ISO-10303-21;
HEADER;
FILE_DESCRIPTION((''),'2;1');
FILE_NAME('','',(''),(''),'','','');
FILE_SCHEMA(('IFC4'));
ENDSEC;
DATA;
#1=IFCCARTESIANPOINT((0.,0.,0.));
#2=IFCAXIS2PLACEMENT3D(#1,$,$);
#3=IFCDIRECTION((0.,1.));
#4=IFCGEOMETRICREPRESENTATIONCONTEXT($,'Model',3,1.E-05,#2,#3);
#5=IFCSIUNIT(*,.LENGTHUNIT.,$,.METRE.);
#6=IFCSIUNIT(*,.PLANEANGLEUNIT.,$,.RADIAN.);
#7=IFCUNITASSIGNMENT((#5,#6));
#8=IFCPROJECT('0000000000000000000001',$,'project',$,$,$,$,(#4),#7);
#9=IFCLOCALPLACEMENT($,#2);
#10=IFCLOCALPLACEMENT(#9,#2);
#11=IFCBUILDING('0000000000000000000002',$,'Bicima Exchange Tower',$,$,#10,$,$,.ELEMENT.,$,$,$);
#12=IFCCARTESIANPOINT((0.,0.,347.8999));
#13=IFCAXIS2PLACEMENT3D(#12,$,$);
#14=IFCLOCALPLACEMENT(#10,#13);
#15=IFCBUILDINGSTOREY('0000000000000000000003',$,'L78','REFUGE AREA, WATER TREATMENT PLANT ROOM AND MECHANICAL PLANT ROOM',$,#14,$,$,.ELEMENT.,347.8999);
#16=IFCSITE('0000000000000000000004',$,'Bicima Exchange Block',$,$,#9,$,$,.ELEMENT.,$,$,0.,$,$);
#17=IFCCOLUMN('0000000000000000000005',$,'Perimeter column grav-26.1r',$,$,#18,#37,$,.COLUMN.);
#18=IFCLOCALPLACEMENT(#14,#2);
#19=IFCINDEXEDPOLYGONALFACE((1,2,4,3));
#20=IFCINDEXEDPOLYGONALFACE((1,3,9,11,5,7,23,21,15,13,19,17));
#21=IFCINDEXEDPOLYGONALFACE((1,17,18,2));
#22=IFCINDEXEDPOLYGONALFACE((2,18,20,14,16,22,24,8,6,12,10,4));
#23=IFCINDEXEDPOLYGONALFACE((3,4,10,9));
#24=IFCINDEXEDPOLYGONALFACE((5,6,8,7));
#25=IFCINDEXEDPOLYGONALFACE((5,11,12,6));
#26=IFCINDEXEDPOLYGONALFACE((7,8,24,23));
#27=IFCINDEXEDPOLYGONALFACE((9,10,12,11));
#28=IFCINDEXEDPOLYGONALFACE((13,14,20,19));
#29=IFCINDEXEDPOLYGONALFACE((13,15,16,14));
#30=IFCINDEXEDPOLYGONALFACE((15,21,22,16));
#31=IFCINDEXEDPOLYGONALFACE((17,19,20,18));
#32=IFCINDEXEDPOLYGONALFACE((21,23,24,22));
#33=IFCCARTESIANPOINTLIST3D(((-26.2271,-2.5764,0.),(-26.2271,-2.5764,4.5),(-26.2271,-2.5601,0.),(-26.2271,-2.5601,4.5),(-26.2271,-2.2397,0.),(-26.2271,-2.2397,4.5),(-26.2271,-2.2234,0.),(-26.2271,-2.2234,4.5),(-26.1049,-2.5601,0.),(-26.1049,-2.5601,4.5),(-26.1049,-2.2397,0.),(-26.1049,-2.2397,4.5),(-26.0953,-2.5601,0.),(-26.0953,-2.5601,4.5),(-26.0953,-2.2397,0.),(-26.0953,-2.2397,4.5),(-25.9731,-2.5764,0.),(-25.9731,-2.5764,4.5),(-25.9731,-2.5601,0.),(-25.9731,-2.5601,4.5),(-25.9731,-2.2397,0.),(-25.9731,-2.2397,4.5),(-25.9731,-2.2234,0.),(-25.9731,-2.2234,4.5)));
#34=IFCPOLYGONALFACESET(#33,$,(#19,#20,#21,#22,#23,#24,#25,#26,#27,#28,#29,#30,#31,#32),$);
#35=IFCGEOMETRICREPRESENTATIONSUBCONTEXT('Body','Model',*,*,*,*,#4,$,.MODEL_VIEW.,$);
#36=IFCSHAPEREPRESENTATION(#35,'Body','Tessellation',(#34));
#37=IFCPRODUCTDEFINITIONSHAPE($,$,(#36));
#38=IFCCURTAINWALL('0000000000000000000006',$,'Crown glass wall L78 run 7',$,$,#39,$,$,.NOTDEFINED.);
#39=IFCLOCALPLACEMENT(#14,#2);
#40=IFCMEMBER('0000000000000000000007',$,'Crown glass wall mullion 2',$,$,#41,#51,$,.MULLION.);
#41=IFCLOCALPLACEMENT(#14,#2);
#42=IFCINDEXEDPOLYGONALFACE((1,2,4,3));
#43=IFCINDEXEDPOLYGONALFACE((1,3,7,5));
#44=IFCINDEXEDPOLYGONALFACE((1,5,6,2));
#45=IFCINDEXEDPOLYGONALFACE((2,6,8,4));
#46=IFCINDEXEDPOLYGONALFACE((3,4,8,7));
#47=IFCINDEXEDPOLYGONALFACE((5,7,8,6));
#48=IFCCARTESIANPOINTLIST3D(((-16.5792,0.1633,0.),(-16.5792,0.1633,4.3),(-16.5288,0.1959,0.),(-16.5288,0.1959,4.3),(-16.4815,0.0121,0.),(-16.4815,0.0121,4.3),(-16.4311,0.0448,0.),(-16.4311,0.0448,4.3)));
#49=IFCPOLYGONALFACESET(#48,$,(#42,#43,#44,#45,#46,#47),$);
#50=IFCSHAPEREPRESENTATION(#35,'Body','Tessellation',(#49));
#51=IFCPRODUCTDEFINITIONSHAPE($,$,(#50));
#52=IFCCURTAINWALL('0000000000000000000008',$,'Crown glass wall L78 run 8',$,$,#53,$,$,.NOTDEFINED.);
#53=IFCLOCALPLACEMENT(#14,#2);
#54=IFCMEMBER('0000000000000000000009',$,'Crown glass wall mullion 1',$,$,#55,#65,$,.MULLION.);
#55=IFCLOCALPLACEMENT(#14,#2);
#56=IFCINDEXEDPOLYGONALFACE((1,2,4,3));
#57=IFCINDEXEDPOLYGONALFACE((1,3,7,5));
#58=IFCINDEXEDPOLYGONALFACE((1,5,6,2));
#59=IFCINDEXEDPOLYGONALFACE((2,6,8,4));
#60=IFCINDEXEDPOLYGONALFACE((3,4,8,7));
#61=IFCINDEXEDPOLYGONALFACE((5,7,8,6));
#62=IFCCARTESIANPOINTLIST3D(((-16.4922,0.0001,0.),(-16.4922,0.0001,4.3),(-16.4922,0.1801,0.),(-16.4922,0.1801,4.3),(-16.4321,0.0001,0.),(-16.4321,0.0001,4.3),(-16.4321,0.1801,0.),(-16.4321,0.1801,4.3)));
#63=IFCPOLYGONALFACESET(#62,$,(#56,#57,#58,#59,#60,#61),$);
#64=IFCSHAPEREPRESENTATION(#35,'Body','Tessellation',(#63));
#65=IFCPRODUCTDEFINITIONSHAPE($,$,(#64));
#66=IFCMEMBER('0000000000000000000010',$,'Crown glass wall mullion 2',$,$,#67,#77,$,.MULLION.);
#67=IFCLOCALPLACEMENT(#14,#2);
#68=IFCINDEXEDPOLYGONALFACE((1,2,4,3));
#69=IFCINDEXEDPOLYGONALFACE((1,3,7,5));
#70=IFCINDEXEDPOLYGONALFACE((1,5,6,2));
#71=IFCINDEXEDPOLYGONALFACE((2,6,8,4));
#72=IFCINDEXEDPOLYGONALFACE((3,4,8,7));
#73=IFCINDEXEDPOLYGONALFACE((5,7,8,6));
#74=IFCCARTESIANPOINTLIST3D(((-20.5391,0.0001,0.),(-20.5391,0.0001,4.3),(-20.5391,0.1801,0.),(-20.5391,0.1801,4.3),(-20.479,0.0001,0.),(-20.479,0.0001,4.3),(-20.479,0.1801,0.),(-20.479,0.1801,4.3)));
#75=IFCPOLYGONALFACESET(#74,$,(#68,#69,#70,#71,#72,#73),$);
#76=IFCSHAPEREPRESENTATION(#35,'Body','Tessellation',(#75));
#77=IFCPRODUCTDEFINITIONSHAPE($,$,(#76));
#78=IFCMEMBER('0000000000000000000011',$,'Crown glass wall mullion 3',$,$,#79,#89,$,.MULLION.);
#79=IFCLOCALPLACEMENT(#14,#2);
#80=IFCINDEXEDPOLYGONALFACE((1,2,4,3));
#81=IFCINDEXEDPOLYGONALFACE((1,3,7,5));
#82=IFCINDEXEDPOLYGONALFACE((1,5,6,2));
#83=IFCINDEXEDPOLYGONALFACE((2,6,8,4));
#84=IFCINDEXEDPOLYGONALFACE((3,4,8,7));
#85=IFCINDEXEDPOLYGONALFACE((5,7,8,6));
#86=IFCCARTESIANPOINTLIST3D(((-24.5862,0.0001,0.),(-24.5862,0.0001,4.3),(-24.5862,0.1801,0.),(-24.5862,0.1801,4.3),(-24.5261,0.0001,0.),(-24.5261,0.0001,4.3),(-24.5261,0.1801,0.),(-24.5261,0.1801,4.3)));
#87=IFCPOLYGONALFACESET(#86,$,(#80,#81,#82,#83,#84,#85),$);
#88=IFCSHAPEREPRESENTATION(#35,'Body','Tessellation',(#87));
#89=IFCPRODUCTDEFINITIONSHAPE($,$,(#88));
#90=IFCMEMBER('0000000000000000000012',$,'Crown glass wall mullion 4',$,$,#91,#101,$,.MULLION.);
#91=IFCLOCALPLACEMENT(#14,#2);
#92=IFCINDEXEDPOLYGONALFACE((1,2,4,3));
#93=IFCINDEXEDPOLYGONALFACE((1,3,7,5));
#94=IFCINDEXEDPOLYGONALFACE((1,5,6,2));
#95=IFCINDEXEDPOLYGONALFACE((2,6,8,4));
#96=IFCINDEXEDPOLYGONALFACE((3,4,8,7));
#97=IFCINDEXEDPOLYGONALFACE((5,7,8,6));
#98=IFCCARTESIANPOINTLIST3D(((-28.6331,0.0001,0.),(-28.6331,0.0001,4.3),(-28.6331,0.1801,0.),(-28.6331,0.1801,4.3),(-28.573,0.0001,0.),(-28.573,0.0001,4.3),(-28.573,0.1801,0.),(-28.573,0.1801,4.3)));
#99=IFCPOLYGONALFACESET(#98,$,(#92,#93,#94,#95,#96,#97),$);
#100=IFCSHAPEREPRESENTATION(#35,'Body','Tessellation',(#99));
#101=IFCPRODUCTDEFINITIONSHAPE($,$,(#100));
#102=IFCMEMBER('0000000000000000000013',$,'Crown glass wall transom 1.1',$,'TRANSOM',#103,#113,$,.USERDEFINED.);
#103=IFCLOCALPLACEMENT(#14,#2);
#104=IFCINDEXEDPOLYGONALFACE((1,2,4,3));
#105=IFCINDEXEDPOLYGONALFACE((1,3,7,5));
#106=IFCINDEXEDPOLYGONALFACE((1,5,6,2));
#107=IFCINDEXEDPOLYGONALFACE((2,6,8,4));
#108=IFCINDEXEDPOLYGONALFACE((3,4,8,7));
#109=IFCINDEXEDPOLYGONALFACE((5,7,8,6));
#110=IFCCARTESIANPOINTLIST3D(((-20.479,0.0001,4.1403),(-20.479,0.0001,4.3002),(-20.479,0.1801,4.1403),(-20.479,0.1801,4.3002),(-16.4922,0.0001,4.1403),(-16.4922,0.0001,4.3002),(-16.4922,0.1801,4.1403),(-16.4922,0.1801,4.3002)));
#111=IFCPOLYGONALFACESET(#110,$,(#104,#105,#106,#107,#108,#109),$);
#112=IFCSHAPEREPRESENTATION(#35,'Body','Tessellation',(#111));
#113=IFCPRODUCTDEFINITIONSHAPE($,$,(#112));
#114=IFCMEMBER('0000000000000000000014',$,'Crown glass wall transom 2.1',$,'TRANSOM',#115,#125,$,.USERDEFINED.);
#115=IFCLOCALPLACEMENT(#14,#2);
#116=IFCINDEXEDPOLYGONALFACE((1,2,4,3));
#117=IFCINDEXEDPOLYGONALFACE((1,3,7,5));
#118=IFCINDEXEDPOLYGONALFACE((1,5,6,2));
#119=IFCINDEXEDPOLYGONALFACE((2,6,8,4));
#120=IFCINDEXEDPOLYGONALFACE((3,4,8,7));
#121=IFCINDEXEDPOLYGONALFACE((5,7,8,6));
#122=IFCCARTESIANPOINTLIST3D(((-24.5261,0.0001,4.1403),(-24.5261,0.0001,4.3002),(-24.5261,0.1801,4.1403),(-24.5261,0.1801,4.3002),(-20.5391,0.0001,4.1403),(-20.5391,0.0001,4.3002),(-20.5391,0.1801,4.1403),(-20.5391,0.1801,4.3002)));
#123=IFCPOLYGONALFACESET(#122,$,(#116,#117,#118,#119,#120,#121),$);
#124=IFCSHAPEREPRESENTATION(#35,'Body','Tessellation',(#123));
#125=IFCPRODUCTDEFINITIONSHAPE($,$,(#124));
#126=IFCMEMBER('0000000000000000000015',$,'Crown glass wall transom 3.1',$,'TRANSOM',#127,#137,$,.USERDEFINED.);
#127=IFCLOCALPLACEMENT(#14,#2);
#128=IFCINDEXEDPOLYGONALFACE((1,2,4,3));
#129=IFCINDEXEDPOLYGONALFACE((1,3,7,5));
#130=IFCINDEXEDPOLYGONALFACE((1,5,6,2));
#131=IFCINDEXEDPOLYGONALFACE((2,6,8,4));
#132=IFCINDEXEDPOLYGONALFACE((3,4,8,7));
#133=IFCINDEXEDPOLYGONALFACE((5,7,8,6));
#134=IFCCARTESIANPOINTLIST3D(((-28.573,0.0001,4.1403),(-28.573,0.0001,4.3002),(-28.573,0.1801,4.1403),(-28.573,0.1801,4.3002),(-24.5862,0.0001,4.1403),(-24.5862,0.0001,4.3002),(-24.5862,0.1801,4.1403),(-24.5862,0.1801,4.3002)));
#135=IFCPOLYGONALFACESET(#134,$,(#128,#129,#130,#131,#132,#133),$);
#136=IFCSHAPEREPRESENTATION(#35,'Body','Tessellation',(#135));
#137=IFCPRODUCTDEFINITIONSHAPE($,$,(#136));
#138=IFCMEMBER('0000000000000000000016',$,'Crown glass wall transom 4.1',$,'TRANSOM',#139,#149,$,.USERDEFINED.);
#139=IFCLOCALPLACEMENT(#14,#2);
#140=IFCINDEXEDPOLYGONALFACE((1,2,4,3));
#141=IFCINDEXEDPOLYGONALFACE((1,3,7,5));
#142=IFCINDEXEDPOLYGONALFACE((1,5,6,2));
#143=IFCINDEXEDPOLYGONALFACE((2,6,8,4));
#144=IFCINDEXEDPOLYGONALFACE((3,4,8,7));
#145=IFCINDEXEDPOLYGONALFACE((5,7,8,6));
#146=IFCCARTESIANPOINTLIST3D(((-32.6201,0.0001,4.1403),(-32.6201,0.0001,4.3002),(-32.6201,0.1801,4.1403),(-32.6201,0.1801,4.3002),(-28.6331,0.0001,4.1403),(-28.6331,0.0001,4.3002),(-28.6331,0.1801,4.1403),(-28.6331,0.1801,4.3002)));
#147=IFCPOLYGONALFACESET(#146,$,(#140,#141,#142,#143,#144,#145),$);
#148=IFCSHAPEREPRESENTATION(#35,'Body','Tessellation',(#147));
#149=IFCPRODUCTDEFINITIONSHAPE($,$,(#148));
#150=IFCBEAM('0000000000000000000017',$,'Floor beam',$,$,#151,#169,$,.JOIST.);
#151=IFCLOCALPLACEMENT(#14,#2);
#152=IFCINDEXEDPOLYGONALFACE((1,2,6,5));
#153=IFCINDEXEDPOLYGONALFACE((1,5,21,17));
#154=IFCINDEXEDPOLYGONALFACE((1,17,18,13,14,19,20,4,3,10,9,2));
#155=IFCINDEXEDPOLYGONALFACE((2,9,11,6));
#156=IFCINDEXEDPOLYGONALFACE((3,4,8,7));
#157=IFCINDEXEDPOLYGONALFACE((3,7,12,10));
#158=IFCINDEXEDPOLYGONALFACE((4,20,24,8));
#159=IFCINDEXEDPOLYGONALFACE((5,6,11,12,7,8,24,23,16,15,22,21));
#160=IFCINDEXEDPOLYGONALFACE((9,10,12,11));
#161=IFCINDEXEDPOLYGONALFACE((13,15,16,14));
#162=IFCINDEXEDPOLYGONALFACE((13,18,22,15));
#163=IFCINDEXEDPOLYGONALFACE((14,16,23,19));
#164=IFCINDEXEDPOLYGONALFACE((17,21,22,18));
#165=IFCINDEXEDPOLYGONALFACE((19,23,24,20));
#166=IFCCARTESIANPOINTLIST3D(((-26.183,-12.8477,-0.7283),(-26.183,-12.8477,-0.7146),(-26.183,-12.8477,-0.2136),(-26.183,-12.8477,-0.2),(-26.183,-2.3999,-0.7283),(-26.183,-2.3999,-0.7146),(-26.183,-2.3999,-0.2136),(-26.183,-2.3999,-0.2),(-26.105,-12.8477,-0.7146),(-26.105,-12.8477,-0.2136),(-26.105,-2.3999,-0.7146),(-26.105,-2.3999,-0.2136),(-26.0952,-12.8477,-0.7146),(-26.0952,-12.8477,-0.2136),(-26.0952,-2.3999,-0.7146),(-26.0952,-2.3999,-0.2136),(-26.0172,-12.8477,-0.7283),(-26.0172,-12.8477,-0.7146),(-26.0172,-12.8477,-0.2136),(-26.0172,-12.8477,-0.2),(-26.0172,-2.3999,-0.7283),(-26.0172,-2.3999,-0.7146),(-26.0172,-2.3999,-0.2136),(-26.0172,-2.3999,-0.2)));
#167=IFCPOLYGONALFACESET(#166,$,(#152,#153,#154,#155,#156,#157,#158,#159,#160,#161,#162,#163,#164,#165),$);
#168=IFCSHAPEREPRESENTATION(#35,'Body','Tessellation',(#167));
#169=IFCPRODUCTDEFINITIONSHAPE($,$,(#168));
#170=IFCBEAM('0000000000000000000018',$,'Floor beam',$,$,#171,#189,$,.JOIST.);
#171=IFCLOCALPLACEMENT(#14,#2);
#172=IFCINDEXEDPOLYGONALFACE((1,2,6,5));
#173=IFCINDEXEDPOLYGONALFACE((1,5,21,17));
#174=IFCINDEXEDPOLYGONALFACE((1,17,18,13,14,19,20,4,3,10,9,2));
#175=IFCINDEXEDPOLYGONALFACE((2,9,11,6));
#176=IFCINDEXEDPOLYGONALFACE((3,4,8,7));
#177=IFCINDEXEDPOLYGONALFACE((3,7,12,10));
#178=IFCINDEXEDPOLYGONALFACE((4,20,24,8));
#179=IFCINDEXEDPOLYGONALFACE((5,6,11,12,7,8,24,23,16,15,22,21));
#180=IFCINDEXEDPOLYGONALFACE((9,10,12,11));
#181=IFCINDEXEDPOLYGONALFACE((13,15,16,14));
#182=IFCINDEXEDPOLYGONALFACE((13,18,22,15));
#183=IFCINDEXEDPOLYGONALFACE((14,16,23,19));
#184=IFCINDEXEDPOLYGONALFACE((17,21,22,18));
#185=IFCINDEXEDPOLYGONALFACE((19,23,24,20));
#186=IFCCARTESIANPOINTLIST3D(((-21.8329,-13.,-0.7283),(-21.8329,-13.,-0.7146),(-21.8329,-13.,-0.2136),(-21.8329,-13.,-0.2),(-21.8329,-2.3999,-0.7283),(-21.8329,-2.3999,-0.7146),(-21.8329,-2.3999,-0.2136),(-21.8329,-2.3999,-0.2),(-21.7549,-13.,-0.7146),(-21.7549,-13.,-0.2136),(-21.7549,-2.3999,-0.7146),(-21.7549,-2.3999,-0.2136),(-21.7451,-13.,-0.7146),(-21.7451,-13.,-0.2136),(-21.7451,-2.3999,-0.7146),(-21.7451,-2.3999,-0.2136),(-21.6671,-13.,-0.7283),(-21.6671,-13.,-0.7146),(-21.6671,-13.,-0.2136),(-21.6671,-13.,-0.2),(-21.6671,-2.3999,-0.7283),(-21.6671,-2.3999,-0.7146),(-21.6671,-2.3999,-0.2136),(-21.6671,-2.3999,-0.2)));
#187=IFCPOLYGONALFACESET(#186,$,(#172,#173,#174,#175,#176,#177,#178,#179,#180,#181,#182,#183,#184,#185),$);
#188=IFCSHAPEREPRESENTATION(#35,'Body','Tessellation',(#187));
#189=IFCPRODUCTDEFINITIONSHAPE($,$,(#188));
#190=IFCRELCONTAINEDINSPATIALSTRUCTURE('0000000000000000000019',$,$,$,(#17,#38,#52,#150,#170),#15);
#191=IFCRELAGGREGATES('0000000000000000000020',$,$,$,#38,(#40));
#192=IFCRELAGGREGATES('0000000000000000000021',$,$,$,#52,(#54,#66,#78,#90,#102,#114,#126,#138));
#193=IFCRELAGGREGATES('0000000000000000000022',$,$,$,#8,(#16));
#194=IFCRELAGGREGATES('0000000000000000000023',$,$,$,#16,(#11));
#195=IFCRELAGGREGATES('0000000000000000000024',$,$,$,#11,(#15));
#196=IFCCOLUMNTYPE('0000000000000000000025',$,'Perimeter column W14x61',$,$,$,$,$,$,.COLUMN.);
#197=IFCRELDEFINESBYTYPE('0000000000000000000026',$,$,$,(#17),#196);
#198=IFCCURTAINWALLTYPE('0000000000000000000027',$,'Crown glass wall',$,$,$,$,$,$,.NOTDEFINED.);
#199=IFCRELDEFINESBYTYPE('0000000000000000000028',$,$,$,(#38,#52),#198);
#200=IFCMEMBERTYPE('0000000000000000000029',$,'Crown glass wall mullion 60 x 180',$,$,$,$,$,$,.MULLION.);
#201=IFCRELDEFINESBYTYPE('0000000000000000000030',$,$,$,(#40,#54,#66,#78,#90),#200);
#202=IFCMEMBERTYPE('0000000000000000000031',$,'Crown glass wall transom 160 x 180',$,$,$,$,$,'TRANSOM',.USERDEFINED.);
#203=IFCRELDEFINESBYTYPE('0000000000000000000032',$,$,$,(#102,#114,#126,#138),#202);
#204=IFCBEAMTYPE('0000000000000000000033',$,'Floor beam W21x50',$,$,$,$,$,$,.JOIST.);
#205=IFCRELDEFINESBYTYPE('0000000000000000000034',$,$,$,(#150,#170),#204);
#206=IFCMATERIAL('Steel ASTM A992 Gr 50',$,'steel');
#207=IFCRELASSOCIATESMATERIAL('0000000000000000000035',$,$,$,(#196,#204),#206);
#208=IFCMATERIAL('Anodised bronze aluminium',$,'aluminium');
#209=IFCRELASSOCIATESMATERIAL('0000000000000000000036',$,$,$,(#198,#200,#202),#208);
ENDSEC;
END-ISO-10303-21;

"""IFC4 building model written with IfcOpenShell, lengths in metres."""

from ifc_helpers import new_model, si_unit, direction, frame, origin, origin_2d, place, context, subcontext, project, spatial, rectangle, i_section, extrude, material, material_profile, profile_set, type_object, element, aggregate, save


model = new_model("IFC4")

# Units and contexts
model_context = context("Model", 3, precision=1e-05, world=origin(), true_north=direction((0.0, 1.0)))
body_context = subcontext(model_context, "Body", "Model", "MODEL_VIEW")
ifc_project = project(units=[si_unit("LENGTHUNIT", "METRE"), si_unit("PLANEANGLEUNIT", "RADIAN")], contexts=[model_context])

# Site, building, storey
site_placement = place(None, origin())
site = spatial("IfcSite", under=ifc_project, at=site_placement, Name="Bicima Exchange Block", CompositionType="ELEMENT", RefElevation=0.0)
building_placement = place(site_placement, origin())
building = spatial("IfcBuilding", under=site, at=building_placement, Name="Bicima Exchange Tower", CompositionType="ELEMENT")
storey_placement = place(building_placement, frame((0.0, 0.0, 347.8999)))
storey = spatial("IfcBuildingStorey", under=building, at=storey_placement, Name="L78", Description="REFUGE AREA, WATER TREATMENT PLANT ROOM AND MECHANICAL PLANT ROOM", CompositionType="ELEMENT", Elevation=347.8999)

# Column
ifc_material_1 = material(Name="Steel ASTM A992 Gr 50", Category="steel")
ifc_material_profile_1 = material_profile(ifc_material_1, i_section(OverallWidth=0.2539, OverallDepth=0.353, WebThickness=0.0095, FlangeThickness=0.0164, at=origin_2d()))
ifc_profile_set_1 = profile_set([ifc_material_profile_1], Name="Steel ASTM A992 Gr 50")
column_type = type_object("IfcColumnType", Name="Perimeter column W14x61", PredefinedType="COLUMN", material=ifc_profile_set_1)
column_placement = place(storey_placement, frame((-26.1001, -2.3999, 0.0), z_axis=(0.0, 0.0, 1.0), x_axis=(1.0, 0.0, 0.0)))
element("IfcColumn", 1, at=column_placement, inside=storey, type_object=column_type, Name="Perimeter column grav-26.1r", PredefinedType="COLUMN", context=body_context, shape_type="SweptSolid", body=[
    extrude(i_section(OverallWidth=0.2539, OverallDepth=0.353, WebThickness=0.0095, FlangeThickness=0.0164, at=origin_2d()), origin(), (0.0, 0.0, 1.0), 4.5),
])

# Curtain wall, member
ifc_material_2 = material(Name="Anodised bronze aluminium", Category="aluminium")
curtain_wall_type = type_object("IfcCurtainWallType", Name="Crown glass wall", PredefinedType="NOTDEFINED", material=ifc_material_2)
curtain_wall_1_placement = place(storey_placement, origin())
curtain_wall_1 = element("IfcCurtainWall", 2, at=curtain_wall_1_placement, inside=storey, type_object=curtain_wall_type, Name="Crown glass wall L78 run 7", PredefinedType="NOTDEFINED")
ifc_material_profile_2 = material_profile(ifc_material_2, rectangle(XDim=0.1799, YDim=0.0601, at=origin_2d()))
ifc_profile_set_2 = profile_set([ifc_material_profile_2], Name="Anodised bronze aluminium")
member_type_1 = type_object("IfcMemberType", Name="Crown glass wall mullion 60 x 180", PredefinedType="MULLION", material=ifc_profile_set_2)
member_1_placement = place(storey_placement, frame((-16.5051, 0.104, 0.0), z_axis=(0.0, 0.0, 1.0), x_axis=(0.542911, -0.83979, 0.0)))
member_1 = element("IfcMember", 3, at=member_1_placement, type_object=member_type_1, Name="Crown glass wall mullion 2", PredefinedType="MULLION", context=body_context, shape_type="SweptSolid", body=[
    extrude(rectangle(XDim=0.1799, YDim=0.0601, at=origin_2d()), origin(), (0.0, 0.0, 1.0), 4.3),
])
aggregate(curtain_wall_1, [member_1])

# Curtain wall, members
curtain_wall_2_placement = place(storey_placement, origin())
curtain_wall_2 = element("IfcCurtainWall", 4, at=curtain_wall_2_placement, inside=storey, type_object=curtain_wall_type, Name="Crown glass wall L78 run 8", PredefinedType="NOTDEFINED")
member_2_placement = place(storey_placement, frame((-16.4622, 0.0901, 0.0), z_axis=(0.0, 0.0, 1.0), x_axis=(0.0, -1.0, 0.0)))
member_2 = element("IfcMember", 5, at=member_2_placement, type_object=member_type_1, Name="Crown glass wall mullion 1", PredefinedType="MULLION", context=body_context, shape_type="SweptSolid", body=[
    extrude(rectangle(XDim=0.1799, YDim=0.0601, at=origin_2d()), origin(), (0.0, 0.0, 1.0), 4.3),
])
member_3_placement = place(storey_placement, frame((-20.509, 0.0901, 0.0), z_axis=(0.0, 0.0, 1.0), x_axis=(0.0, -1.0, 0.0)))
member_3 = element("IfcMember", 6, at=member_3_placement, type_object=member_type_1, Name="Crown glass wall mullion 2", PredefinedType="MULLION", context=body_context, shape_type="SweptSolid", body=[
    extrude(rectangle(XDim=0.1799, YDim=0.0601, at=origin_2d()), origin(), (0.0, 0.0, 1.0), 4.3),
])
member_4_placement = place(storey_placement, frame((-24.5562, 0.0901, 0.0), z_axis=(0.0, 0.0, 1.0), x_axis=(0.0, -1.0, 0.0)))
member_4 = element("IfcMember", 7, at=member_4_placement, type_object=member_type_1, Name="Crown glass wall mullion 3", PredefinedType="MULLION", context=body_context, shape_type="SweptSolid", body=[
    extrude(rectangle(XDim=0.1799, YDim=0.0601, at=origin_2d()), origin(), (0.0, 0.0, 1.0), 4.3),
])
member_5_placement = place(storey_placement, frame((-28.603, 0.0901, 0.0), z_axis=(0.0, 0.0, 1.0), x_axis=(0.0, -1.0, 0.0)))
member_5 = element("IfcMember", 8, at=member_5_placement, type_object=member_type_1, Name="Crown glass wall mullion 4", PredefinedType="MULLION", context=body_context, shape_type="SweptSolid", body=[
    extrude(rectangle(XDim=0.1799, YDim=0.0601, at=origin_2d()), origin(), (0.0, 0.0, 1.0), 4.3),
])
ifc_material_profile_3 = material_profile(ifc_material_2, rectangle(XDim=0.1799, YDim=0.1599, at=origin_2d()))
ifc_profile_set_3 = profile_set([ifc_material_profile_3], Name="Anodised bronze aluminium")
member_type_2 = type_object("IfcMemberType", Name="Crown glass wall transom 160 x 180", ElementType="TRANSOM", PredefinedType="USERDEFINED", material=ifc_profile_set_3)
member_6_placement = place(storey_placement, frame((-16.4922, 0.0901, 4.2202), z_axis=(-1.0, 0.0, 0.0), x_axis=(0.0, -1.0, 0.0)))
member_6 = element("IfcMember", 9, at=member_6_placement, type_object=member_type_2, Name="Crown glass wall transom 1.1", ObjectType="TRANSOM", PredefinedType="USERDEFINED", context=body_context, shape_type="SweptSolid", body=[
    extrude(rectangle(XDim=0.1799, YDim=0.1599, at=origin_2d()), origin(), (0.0, 0.0, 1.0), 3.9868),
])
member_7_placement = place(storey_placement, frame((-20.5391, 0.0901, 4.2202), z_axis=(-1.0, 0.0, 0.0), x_axis=(0.0, -1.0, 0.0)))
member_7 = element("IfcMember", 10, at=member_7_placement, type_object=member_type_2, Name="Crown glass wall transom 2.1", ObjectType="TRANSOM", PredefinedType="USERDEFINED", context=body_context, shape_type="SweptSolid", body=[
    extrude(rectangle(XDim=0.1799, YDim=0.1599, at=origin_2d()), origin(), (0.0, 0.0, 1.0), 3.9871),
])
member_8_placement = place(storey_placement, frame((-24.5862, 0.0901, 4.2202), z_axis=(-1.0, 0.0, 0.0), x_axis=(0.0, -1.0, 0.0)))
member_8 = element("IfcMember", 11, at=member_8_placement, type_object=member_type_2, Name="Crown glass wall transom 3.1", ObjectType="TRANSOM", PredefinedType="USERDEFINED", context=body_context, shape_type="SweptSolid", body=[
    extrude(rectangle(XDim=0.1799, YDim=0.1599, at=origin_2d()), origin(), (0.0, 0.0, 1.0), 3.9868),
])
member_9_placement = place(storey_placement, frame((-28.6331, 0.0901, 4.2202), z_axis=(-1.0, 0.0, 0.0), x_axis=(0.0, -1.0, 0.0)))
member_9 = element("IfcMember", 12, at=member_9_placement, type_object=member_type_2, Name="Crown glass wall transom 4.1", ObjectType="TRANSOM", PredefinedType="USERDEFINED", context=body_context, shape_type="SweptSolid", body=[
    extrude(rectangle(XDim=0.1799, YDim=0.1599, at=origin_2d()), origin(), (0.0, 0.0, 1.0), 3.9871),
])

# Beams
ifc_material_profile_4 = material_profile(ifc_material_1, i_section(OverallWidth=0.1658, OverallDepth=0.5283, WebThickness=0.0098, FlangeThickness=0.0137, at=origin_2d()))
ifc_profile_set_4 = profile_set([ifc_material_profile_4], Name="Steel ASTM A992 Gr 50")
beam_type = type_object("IfcBeamType", Name="Floor beam W21x50", PredefinedType="JOIST", material=ifc_profile_set_4)
beam_1_placement = place(storey_placement, frame((-26.1001, -2.3999, -0.4641), z_axis=(0.0, -1.0, 0.0), x_axis=(1.0, 0.0, 0.0)))
element("IfcBeam", 13, at=beam_1_placement, inside=storey, type_object=beam_type, Name="Floor beam", PredefinedType="JOIST", context=body_context, shape_type="SweptSolid", body=[
    extrude(i_section(OverallWidth=0.1658, OverallDepth=0.5283, WebThickness=0.0098, FlangeThickness=0.0137, at=origin_2d()), origin(), (0.0, 0.0, 1.0), 10.4478),
])
beam_2_placement = place(storey_placement, frame((-21.75, -2.3999, -0.4641), z_axis=(0.0, -1.0, 0.0), x_axis=(1.0, 0.0, 0.0)))
element("IfcBeam", 14, at=beam_2_placement, inside=storey, type_object=beam_type, Name="Floor beam", PredefinedType="JOIST", context=body_context, shape_type="SweptSolid", body=[
    extrude(i_section(OverallWidth=0.1658, OverallDepth=0.5283, WebThickness=0.0098, FlangeThickness=0.0137, at=origin_2d()), origin(), (0.0, 0.0, 1.0), 10.6001),
])

aggregate(curtain_wall_2, [member_2, member_3, member_4, member_5, member_6, member_7, member_8, member_9])

save(model, "model.ifc")
